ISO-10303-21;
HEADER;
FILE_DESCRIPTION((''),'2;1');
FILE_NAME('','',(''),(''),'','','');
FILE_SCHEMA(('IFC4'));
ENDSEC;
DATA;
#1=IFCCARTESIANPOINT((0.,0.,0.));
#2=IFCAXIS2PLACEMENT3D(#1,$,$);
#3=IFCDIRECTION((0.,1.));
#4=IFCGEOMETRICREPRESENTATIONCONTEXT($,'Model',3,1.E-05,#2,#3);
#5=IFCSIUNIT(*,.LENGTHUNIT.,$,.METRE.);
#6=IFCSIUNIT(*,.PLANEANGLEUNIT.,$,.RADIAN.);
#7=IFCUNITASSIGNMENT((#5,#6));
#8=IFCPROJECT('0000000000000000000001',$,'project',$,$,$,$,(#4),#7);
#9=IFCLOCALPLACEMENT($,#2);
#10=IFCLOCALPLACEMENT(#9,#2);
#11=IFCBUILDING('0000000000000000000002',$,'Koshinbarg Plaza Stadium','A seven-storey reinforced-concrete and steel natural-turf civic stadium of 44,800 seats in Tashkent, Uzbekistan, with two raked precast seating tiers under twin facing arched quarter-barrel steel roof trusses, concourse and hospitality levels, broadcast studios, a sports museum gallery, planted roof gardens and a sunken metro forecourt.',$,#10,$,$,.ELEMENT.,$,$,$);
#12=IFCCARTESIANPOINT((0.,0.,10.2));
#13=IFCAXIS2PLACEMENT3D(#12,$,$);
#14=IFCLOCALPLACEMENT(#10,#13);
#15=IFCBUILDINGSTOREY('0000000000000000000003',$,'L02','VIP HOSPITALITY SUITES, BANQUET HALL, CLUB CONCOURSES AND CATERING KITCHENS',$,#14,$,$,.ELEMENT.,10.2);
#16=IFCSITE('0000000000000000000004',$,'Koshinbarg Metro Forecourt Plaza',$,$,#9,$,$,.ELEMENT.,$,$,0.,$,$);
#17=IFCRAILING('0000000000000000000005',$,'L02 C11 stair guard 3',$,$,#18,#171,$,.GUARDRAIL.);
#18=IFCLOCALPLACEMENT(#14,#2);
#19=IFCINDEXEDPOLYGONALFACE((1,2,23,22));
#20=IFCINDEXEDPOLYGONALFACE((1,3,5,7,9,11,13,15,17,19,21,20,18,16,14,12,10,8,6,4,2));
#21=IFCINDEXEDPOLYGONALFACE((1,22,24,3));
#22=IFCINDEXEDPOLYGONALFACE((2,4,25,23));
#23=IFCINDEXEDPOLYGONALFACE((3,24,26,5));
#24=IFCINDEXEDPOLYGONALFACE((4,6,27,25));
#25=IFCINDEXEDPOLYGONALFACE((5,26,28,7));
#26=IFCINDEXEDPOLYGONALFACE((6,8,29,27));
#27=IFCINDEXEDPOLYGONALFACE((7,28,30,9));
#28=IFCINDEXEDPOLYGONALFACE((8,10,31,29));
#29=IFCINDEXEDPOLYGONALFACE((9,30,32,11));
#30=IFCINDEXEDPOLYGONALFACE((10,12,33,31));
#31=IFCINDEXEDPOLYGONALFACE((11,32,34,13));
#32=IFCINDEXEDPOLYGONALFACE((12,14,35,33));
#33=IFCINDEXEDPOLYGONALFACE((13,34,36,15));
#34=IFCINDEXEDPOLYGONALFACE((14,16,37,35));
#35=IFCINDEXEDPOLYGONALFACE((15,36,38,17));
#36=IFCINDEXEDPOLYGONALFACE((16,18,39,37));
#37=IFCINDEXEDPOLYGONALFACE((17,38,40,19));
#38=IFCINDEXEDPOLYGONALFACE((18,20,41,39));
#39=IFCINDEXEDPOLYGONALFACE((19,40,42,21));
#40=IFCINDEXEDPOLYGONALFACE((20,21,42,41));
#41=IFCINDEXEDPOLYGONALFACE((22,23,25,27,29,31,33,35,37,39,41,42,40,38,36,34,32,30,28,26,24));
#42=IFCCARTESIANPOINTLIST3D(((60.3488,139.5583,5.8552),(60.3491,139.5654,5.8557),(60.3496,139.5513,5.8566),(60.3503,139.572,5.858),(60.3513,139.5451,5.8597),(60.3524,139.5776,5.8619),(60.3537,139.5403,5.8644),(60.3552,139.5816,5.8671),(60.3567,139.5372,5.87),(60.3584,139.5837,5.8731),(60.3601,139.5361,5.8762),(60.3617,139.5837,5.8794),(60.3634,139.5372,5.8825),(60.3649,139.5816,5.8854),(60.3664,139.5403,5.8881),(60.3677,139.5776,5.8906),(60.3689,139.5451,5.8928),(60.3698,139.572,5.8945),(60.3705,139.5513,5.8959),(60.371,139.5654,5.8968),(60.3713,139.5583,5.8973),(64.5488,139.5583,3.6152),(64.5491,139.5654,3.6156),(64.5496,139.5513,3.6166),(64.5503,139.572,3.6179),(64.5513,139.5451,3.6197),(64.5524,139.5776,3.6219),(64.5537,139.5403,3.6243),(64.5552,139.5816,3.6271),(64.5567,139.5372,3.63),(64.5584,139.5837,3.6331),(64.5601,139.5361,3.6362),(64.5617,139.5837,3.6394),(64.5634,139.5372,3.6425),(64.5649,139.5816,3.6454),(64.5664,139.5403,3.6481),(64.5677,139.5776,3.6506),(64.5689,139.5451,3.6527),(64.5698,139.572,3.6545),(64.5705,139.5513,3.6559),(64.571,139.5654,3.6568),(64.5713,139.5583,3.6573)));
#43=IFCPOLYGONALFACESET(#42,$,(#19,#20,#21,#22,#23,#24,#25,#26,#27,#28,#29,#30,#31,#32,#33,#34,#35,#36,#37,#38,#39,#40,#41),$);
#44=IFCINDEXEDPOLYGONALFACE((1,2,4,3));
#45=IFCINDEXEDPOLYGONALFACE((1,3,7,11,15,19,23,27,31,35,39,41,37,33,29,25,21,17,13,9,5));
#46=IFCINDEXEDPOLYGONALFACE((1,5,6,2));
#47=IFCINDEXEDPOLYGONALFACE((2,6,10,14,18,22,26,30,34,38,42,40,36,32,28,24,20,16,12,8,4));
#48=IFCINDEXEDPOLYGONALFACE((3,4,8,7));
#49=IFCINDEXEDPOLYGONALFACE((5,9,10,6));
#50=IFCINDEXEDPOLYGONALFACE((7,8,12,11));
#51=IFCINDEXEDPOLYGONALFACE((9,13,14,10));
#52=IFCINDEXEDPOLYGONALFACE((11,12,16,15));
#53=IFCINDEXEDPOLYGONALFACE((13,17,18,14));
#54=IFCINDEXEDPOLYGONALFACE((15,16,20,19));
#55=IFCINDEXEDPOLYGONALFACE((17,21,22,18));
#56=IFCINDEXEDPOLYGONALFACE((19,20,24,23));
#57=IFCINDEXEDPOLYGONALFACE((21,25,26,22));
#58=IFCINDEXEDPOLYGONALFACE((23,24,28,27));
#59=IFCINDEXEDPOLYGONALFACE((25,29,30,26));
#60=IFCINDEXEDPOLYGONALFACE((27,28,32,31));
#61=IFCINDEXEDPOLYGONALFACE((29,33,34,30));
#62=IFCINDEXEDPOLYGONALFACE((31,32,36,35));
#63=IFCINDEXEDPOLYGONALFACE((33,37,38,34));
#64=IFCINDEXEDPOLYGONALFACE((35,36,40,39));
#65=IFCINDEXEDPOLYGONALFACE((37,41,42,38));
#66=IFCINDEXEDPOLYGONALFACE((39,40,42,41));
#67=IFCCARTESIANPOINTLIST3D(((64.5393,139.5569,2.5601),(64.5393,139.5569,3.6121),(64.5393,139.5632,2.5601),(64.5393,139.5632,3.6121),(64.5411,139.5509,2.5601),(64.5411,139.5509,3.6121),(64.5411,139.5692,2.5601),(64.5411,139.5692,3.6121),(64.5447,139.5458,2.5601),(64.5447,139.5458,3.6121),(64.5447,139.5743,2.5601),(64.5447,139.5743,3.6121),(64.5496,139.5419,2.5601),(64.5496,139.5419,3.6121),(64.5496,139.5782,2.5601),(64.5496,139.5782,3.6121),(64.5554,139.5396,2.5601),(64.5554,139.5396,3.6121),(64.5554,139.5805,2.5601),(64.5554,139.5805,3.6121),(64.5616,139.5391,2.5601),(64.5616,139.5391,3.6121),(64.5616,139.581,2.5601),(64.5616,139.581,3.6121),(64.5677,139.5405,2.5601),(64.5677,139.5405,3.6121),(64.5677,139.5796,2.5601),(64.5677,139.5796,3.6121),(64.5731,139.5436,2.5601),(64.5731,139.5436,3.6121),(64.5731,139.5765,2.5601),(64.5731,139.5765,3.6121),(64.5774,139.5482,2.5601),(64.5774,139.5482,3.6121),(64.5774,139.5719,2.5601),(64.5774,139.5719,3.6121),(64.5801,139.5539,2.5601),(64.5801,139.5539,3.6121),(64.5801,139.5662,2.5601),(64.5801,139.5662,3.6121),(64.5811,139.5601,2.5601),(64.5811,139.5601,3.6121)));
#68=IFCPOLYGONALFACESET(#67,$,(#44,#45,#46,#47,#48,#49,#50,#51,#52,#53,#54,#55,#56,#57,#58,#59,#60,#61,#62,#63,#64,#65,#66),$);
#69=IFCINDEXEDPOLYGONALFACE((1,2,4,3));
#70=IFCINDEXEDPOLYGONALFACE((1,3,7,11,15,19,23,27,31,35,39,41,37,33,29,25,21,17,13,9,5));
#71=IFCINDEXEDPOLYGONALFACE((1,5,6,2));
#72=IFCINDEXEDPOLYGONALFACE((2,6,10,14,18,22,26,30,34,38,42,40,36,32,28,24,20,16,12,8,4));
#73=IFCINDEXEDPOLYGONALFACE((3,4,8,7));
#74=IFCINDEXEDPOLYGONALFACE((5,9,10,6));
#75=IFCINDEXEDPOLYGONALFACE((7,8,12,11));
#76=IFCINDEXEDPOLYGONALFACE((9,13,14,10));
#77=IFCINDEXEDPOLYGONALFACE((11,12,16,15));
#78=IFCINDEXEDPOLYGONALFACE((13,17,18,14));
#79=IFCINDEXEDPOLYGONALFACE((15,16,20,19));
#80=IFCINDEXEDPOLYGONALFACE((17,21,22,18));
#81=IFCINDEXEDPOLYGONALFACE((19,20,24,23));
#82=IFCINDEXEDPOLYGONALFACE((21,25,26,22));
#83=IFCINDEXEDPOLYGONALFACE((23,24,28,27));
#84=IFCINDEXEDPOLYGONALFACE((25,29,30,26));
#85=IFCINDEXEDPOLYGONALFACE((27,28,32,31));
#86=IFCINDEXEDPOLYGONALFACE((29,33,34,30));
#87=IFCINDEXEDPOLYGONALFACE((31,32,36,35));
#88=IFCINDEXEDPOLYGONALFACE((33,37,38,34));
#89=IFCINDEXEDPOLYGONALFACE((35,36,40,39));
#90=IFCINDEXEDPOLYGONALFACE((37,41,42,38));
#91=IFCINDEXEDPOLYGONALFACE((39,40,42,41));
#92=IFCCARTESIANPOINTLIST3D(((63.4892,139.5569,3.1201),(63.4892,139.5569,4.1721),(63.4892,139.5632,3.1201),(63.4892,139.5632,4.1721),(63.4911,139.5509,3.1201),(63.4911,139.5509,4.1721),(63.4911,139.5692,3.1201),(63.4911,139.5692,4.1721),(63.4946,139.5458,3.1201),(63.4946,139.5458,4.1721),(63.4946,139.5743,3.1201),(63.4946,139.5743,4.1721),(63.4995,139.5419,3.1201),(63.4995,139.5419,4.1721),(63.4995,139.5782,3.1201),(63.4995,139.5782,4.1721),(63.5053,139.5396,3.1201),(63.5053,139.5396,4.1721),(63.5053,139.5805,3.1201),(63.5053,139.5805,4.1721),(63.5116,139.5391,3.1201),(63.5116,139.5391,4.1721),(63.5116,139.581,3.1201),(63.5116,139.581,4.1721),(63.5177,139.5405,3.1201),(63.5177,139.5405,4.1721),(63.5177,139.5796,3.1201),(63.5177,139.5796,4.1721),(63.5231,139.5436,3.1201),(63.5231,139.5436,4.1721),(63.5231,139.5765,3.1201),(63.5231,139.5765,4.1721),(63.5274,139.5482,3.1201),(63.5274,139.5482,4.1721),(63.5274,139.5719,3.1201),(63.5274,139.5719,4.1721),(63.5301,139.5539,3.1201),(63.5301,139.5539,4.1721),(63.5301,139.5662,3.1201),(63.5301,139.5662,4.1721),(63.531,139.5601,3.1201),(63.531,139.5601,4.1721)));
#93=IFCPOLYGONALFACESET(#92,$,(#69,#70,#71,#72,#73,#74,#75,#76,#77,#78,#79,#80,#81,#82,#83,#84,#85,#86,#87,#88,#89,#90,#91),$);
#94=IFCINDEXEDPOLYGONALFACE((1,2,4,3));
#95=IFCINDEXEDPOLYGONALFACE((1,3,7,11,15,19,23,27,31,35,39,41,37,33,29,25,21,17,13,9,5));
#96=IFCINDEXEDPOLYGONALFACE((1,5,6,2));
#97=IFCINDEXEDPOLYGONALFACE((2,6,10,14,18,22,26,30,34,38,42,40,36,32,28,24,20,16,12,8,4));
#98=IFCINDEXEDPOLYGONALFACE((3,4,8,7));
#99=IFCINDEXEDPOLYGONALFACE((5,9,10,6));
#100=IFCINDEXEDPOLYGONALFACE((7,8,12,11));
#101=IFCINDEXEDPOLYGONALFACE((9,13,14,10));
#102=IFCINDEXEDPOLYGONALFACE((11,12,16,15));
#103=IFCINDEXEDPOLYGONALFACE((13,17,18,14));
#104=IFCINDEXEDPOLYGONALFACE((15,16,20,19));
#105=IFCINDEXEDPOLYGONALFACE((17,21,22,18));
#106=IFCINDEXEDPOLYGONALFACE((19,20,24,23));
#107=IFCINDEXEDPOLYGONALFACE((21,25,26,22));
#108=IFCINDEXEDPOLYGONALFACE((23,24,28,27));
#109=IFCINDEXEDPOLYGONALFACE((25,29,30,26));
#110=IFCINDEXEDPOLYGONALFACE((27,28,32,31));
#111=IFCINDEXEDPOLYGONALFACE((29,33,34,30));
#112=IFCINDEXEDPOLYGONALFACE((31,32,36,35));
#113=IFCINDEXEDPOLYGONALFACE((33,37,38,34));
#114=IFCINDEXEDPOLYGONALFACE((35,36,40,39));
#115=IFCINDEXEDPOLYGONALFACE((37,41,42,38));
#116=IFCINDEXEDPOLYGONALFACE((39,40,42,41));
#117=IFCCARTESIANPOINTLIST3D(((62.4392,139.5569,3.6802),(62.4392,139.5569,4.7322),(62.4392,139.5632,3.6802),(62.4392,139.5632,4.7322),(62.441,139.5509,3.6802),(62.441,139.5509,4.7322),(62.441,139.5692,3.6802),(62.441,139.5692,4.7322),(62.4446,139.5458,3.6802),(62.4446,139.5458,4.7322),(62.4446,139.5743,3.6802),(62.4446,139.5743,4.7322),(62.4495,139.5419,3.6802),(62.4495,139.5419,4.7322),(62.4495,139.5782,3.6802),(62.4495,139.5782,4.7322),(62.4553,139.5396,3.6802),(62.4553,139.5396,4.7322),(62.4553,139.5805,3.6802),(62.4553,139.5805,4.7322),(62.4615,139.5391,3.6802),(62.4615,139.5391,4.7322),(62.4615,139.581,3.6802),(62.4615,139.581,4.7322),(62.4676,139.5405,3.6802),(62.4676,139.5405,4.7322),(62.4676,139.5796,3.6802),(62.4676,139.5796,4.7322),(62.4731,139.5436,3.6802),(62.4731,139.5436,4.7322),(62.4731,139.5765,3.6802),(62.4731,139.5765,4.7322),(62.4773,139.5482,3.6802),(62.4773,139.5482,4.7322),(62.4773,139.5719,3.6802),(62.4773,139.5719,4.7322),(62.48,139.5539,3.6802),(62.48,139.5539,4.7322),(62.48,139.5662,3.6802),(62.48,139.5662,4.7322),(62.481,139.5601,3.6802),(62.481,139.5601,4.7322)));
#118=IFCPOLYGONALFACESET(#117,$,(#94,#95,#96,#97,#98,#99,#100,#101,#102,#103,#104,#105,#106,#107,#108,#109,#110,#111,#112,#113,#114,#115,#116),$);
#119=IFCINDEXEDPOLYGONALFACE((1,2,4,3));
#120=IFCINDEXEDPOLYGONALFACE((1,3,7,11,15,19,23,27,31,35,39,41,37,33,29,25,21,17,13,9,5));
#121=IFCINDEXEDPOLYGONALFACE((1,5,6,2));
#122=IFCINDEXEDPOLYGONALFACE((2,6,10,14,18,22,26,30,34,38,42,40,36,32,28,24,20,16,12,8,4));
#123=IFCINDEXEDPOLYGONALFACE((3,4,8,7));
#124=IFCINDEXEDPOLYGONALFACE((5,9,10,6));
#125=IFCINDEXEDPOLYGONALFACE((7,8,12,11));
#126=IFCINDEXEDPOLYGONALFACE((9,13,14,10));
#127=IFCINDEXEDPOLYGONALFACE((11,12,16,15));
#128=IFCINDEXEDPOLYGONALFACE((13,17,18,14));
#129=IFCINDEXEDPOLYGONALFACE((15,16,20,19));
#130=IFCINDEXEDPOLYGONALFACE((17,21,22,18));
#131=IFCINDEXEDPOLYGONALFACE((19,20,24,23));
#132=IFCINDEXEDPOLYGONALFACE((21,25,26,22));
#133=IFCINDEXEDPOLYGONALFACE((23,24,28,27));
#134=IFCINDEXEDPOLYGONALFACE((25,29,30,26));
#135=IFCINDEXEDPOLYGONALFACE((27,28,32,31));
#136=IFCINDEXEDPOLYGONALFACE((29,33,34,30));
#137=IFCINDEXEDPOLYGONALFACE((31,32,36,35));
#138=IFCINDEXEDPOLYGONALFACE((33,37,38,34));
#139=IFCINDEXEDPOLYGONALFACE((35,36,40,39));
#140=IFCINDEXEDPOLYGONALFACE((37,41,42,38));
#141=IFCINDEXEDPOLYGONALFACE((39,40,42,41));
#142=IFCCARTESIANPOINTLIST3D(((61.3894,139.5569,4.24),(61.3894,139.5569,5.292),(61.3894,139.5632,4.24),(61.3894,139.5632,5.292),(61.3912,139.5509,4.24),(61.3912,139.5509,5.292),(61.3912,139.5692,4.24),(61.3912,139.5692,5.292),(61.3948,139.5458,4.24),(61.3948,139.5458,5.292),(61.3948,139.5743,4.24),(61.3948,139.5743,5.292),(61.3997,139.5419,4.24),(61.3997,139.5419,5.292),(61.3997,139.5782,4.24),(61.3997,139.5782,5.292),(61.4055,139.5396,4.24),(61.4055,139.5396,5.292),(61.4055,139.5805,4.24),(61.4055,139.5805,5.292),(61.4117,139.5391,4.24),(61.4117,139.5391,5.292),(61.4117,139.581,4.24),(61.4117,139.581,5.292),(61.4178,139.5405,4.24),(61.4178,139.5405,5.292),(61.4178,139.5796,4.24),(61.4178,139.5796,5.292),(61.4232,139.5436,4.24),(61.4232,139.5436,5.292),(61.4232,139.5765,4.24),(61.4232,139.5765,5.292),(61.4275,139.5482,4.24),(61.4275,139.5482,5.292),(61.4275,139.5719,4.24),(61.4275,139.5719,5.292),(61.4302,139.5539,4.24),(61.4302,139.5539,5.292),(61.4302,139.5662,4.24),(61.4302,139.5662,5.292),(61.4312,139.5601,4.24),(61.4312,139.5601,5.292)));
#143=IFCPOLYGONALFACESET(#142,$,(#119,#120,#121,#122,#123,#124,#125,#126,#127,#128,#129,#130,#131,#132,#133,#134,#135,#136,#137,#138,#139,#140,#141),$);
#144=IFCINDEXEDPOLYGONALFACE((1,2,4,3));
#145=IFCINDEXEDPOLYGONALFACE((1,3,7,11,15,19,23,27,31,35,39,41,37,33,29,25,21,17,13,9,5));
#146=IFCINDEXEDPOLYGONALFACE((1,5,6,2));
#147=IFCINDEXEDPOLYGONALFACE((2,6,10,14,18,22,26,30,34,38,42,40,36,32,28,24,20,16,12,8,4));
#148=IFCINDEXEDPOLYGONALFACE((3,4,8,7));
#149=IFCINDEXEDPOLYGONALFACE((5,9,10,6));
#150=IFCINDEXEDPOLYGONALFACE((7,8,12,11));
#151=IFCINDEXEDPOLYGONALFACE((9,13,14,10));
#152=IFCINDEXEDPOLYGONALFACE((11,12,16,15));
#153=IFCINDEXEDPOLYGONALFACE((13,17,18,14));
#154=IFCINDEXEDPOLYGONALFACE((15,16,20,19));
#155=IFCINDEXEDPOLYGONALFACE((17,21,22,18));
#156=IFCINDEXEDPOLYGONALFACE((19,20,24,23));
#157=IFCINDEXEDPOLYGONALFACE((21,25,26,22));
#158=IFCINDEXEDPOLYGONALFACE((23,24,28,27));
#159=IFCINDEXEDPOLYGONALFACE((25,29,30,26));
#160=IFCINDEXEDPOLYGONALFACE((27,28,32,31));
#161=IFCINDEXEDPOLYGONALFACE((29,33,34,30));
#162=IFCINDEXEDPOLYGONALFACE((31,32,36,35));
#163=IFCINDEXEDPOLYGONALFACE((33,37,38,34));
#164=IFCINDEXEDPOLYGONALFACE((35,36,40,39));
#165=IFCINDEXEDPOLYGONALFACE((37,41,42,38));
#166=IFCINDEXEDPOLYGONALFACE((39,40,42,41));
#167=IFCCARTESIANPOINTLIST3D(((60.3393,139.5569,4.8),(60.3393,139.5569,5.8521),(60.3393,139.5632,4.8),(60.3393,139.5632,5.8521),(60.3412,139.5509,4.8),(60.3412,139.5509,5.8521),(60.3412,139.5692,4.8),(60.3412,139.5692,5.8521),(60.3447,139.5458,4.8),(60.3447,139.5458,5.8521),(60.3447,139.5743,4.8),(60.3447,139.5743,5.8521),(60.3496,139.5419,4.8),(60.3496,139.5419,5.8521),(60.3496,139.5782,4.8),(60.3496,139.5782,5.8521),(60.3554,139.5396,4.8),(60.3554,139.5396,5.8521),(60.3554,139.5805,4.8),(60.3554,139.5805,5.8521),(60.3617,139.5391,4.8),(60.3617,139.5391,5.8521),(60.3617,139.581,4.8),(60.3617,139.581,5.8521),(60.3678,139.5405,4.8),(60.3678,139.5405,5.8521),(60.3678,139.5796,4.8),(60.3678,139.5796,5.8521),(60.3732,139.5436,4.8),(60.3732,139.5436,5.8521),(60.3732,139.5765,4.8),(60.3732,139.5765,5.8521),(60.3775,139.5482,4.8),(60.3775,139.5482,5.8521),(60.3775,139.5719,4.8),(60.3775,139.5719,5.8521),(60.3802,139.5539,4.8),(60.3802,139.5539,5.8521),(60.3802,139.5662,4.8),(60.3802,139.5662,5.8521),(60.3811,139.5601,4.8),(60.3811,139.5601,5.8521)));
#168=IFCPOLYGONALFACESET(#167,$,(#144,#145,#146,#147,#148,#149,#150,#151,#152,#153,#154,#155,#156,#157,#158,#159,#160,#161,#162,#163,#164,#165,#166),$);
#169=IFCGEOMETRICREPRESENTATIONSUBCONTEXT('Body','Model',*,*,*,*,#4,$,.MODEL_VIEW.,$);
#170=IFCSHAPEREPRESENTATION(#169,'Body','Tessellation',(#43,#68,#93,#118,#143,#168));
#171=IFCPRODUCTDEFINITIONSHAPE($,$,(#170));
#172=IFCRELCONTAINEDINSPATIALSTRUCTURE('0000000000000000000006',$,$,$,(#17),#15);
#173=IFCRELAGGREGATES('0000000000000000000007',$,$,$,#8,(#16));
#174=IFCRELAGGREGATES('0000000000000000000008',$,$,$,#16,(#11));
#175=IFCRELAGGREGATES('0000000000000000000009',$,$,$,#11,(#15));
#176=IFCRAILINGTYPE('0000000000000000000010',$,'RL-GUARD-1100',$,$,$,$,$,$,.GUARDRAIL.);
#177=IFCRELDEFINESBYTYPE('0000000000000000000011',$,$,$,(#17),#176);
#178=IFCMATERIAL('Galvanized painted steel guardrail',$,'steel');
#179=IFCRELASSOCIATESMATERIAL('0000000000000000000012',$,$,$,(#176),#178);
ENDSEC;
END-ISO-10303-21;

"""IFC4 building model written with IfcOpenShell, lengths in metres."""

from ifc_helpers import new_model, si_unit, direction, frame, origin, origin_2d, place, context, subcontext, project, spatial, circle, extrude, material, type_object, element, save


model = new_model("IFC4")

# Units and contexts
model_context = context("Model", 3, precision=1e-05, world=origin(), true_north=direction((0.0, 1.0)))
body_context = subcontext(model_context, "Body", "Model", "MODEL_VIEW")
ifc_project = project(units=[si_unit("LENGTHUNIT", "METRE"), si_unit("PLANEANGLEUNIT", "RADIAN")], contexts=[model_context])

# Site, building, storey
site_placement = place(None, origin())
site = spatial("IfcSite", under=ifc_project, at=site_placement, Name="Koshinbarg Metro Forecourt Plaza", CompositionType="ELEMENT", RefElevation=0.0)
building_placement = place(site_placement, origin())
building = spatial("IfcBuilding", under=site, at=building_placement, Name="Koshinbarg Plaza Stadium", Description="A seven-storey reinforced-concrete and steel natural-turf civic stadium of 44,800 seats in Tashkent, Uzbekistan, with two raked precast seating tiers under twin facing arched quarter-barrel steel roof trusses, concourse and hospitality levels, broadcast studios, a sports museum gallery, planted roof gardens and a sunken metro forecourt.", CompositionType="ELEMENT")
storey_placement = place(building_placement, frame((0.0, 0.0, 10.2)))
storey = spatial("IfcBuildingStorey", under=building, at=storey_placement, Name="L02", Description="VIP HOSPITALITY SUITES, BANQUET HALL, CLUB CONCOURSES AND CATERING KITCHENS", CompositionType="ELEMENT", Elevation=10.2)

# Railing
ifc_material_1 = material(Name="Galvanized painted steel guardrail", Category="steel")
railing_type_1 = type_object("IfcRailingType", Name="RL-GUARD-1100", PredefinedType="GUARDRAIL", material=ifc_material_1)
railing_1_placement = place(storey_placement, frame((64.5601, 139.5601, 2.5601)))
element("IfcRailing", 1, at=railing_1_placement, inside=storey, type_object=railing_type_1, Name="L02 C11 stair guard 3", PredefinedType="GUARDRAIL", context=body_context, shape_type="SweptSolid", body=[
    extrude(circle(Radius=0.0239, at=origin_2d()), frame((0.0, 0.0, 1.0762), z_axis=(-0.882352, 0.0, 0.470591), x_axis=(0.0, -1.0, 0.0)), (0.0, 0.0, 1.0), 4.76),
    extrude(circle(Radius=0.021, at=origin_2d()), origin(), (0.0, 0.0, 1.0), 1.052),
    extrude(circle(Radius=0.021, at=origin_2d()), frame((-1.05, 0.0, 0.5601)), (0.0, 0.0, 1.0), 1.052),
    extrude(circle(Radius=0.021, at=origin_2d()), frame((-2.1001, 0.0, 1.1201)), (0.0, 0.0, 1.0), 1.052),
    extrude(circle(Radius=0.021, at=origin_2d()), frame((-3.1499, 0.0, 1.6799)), (0.0, 0.0, 1.0), 1.052),
    extrude(circle(Radius=0.021, at=origin_2d()), frame((-4.2, 0.0, 2.24)), (0.0, 0.0, 1.0), 1.052),
])

save(model, "model.ifc")
